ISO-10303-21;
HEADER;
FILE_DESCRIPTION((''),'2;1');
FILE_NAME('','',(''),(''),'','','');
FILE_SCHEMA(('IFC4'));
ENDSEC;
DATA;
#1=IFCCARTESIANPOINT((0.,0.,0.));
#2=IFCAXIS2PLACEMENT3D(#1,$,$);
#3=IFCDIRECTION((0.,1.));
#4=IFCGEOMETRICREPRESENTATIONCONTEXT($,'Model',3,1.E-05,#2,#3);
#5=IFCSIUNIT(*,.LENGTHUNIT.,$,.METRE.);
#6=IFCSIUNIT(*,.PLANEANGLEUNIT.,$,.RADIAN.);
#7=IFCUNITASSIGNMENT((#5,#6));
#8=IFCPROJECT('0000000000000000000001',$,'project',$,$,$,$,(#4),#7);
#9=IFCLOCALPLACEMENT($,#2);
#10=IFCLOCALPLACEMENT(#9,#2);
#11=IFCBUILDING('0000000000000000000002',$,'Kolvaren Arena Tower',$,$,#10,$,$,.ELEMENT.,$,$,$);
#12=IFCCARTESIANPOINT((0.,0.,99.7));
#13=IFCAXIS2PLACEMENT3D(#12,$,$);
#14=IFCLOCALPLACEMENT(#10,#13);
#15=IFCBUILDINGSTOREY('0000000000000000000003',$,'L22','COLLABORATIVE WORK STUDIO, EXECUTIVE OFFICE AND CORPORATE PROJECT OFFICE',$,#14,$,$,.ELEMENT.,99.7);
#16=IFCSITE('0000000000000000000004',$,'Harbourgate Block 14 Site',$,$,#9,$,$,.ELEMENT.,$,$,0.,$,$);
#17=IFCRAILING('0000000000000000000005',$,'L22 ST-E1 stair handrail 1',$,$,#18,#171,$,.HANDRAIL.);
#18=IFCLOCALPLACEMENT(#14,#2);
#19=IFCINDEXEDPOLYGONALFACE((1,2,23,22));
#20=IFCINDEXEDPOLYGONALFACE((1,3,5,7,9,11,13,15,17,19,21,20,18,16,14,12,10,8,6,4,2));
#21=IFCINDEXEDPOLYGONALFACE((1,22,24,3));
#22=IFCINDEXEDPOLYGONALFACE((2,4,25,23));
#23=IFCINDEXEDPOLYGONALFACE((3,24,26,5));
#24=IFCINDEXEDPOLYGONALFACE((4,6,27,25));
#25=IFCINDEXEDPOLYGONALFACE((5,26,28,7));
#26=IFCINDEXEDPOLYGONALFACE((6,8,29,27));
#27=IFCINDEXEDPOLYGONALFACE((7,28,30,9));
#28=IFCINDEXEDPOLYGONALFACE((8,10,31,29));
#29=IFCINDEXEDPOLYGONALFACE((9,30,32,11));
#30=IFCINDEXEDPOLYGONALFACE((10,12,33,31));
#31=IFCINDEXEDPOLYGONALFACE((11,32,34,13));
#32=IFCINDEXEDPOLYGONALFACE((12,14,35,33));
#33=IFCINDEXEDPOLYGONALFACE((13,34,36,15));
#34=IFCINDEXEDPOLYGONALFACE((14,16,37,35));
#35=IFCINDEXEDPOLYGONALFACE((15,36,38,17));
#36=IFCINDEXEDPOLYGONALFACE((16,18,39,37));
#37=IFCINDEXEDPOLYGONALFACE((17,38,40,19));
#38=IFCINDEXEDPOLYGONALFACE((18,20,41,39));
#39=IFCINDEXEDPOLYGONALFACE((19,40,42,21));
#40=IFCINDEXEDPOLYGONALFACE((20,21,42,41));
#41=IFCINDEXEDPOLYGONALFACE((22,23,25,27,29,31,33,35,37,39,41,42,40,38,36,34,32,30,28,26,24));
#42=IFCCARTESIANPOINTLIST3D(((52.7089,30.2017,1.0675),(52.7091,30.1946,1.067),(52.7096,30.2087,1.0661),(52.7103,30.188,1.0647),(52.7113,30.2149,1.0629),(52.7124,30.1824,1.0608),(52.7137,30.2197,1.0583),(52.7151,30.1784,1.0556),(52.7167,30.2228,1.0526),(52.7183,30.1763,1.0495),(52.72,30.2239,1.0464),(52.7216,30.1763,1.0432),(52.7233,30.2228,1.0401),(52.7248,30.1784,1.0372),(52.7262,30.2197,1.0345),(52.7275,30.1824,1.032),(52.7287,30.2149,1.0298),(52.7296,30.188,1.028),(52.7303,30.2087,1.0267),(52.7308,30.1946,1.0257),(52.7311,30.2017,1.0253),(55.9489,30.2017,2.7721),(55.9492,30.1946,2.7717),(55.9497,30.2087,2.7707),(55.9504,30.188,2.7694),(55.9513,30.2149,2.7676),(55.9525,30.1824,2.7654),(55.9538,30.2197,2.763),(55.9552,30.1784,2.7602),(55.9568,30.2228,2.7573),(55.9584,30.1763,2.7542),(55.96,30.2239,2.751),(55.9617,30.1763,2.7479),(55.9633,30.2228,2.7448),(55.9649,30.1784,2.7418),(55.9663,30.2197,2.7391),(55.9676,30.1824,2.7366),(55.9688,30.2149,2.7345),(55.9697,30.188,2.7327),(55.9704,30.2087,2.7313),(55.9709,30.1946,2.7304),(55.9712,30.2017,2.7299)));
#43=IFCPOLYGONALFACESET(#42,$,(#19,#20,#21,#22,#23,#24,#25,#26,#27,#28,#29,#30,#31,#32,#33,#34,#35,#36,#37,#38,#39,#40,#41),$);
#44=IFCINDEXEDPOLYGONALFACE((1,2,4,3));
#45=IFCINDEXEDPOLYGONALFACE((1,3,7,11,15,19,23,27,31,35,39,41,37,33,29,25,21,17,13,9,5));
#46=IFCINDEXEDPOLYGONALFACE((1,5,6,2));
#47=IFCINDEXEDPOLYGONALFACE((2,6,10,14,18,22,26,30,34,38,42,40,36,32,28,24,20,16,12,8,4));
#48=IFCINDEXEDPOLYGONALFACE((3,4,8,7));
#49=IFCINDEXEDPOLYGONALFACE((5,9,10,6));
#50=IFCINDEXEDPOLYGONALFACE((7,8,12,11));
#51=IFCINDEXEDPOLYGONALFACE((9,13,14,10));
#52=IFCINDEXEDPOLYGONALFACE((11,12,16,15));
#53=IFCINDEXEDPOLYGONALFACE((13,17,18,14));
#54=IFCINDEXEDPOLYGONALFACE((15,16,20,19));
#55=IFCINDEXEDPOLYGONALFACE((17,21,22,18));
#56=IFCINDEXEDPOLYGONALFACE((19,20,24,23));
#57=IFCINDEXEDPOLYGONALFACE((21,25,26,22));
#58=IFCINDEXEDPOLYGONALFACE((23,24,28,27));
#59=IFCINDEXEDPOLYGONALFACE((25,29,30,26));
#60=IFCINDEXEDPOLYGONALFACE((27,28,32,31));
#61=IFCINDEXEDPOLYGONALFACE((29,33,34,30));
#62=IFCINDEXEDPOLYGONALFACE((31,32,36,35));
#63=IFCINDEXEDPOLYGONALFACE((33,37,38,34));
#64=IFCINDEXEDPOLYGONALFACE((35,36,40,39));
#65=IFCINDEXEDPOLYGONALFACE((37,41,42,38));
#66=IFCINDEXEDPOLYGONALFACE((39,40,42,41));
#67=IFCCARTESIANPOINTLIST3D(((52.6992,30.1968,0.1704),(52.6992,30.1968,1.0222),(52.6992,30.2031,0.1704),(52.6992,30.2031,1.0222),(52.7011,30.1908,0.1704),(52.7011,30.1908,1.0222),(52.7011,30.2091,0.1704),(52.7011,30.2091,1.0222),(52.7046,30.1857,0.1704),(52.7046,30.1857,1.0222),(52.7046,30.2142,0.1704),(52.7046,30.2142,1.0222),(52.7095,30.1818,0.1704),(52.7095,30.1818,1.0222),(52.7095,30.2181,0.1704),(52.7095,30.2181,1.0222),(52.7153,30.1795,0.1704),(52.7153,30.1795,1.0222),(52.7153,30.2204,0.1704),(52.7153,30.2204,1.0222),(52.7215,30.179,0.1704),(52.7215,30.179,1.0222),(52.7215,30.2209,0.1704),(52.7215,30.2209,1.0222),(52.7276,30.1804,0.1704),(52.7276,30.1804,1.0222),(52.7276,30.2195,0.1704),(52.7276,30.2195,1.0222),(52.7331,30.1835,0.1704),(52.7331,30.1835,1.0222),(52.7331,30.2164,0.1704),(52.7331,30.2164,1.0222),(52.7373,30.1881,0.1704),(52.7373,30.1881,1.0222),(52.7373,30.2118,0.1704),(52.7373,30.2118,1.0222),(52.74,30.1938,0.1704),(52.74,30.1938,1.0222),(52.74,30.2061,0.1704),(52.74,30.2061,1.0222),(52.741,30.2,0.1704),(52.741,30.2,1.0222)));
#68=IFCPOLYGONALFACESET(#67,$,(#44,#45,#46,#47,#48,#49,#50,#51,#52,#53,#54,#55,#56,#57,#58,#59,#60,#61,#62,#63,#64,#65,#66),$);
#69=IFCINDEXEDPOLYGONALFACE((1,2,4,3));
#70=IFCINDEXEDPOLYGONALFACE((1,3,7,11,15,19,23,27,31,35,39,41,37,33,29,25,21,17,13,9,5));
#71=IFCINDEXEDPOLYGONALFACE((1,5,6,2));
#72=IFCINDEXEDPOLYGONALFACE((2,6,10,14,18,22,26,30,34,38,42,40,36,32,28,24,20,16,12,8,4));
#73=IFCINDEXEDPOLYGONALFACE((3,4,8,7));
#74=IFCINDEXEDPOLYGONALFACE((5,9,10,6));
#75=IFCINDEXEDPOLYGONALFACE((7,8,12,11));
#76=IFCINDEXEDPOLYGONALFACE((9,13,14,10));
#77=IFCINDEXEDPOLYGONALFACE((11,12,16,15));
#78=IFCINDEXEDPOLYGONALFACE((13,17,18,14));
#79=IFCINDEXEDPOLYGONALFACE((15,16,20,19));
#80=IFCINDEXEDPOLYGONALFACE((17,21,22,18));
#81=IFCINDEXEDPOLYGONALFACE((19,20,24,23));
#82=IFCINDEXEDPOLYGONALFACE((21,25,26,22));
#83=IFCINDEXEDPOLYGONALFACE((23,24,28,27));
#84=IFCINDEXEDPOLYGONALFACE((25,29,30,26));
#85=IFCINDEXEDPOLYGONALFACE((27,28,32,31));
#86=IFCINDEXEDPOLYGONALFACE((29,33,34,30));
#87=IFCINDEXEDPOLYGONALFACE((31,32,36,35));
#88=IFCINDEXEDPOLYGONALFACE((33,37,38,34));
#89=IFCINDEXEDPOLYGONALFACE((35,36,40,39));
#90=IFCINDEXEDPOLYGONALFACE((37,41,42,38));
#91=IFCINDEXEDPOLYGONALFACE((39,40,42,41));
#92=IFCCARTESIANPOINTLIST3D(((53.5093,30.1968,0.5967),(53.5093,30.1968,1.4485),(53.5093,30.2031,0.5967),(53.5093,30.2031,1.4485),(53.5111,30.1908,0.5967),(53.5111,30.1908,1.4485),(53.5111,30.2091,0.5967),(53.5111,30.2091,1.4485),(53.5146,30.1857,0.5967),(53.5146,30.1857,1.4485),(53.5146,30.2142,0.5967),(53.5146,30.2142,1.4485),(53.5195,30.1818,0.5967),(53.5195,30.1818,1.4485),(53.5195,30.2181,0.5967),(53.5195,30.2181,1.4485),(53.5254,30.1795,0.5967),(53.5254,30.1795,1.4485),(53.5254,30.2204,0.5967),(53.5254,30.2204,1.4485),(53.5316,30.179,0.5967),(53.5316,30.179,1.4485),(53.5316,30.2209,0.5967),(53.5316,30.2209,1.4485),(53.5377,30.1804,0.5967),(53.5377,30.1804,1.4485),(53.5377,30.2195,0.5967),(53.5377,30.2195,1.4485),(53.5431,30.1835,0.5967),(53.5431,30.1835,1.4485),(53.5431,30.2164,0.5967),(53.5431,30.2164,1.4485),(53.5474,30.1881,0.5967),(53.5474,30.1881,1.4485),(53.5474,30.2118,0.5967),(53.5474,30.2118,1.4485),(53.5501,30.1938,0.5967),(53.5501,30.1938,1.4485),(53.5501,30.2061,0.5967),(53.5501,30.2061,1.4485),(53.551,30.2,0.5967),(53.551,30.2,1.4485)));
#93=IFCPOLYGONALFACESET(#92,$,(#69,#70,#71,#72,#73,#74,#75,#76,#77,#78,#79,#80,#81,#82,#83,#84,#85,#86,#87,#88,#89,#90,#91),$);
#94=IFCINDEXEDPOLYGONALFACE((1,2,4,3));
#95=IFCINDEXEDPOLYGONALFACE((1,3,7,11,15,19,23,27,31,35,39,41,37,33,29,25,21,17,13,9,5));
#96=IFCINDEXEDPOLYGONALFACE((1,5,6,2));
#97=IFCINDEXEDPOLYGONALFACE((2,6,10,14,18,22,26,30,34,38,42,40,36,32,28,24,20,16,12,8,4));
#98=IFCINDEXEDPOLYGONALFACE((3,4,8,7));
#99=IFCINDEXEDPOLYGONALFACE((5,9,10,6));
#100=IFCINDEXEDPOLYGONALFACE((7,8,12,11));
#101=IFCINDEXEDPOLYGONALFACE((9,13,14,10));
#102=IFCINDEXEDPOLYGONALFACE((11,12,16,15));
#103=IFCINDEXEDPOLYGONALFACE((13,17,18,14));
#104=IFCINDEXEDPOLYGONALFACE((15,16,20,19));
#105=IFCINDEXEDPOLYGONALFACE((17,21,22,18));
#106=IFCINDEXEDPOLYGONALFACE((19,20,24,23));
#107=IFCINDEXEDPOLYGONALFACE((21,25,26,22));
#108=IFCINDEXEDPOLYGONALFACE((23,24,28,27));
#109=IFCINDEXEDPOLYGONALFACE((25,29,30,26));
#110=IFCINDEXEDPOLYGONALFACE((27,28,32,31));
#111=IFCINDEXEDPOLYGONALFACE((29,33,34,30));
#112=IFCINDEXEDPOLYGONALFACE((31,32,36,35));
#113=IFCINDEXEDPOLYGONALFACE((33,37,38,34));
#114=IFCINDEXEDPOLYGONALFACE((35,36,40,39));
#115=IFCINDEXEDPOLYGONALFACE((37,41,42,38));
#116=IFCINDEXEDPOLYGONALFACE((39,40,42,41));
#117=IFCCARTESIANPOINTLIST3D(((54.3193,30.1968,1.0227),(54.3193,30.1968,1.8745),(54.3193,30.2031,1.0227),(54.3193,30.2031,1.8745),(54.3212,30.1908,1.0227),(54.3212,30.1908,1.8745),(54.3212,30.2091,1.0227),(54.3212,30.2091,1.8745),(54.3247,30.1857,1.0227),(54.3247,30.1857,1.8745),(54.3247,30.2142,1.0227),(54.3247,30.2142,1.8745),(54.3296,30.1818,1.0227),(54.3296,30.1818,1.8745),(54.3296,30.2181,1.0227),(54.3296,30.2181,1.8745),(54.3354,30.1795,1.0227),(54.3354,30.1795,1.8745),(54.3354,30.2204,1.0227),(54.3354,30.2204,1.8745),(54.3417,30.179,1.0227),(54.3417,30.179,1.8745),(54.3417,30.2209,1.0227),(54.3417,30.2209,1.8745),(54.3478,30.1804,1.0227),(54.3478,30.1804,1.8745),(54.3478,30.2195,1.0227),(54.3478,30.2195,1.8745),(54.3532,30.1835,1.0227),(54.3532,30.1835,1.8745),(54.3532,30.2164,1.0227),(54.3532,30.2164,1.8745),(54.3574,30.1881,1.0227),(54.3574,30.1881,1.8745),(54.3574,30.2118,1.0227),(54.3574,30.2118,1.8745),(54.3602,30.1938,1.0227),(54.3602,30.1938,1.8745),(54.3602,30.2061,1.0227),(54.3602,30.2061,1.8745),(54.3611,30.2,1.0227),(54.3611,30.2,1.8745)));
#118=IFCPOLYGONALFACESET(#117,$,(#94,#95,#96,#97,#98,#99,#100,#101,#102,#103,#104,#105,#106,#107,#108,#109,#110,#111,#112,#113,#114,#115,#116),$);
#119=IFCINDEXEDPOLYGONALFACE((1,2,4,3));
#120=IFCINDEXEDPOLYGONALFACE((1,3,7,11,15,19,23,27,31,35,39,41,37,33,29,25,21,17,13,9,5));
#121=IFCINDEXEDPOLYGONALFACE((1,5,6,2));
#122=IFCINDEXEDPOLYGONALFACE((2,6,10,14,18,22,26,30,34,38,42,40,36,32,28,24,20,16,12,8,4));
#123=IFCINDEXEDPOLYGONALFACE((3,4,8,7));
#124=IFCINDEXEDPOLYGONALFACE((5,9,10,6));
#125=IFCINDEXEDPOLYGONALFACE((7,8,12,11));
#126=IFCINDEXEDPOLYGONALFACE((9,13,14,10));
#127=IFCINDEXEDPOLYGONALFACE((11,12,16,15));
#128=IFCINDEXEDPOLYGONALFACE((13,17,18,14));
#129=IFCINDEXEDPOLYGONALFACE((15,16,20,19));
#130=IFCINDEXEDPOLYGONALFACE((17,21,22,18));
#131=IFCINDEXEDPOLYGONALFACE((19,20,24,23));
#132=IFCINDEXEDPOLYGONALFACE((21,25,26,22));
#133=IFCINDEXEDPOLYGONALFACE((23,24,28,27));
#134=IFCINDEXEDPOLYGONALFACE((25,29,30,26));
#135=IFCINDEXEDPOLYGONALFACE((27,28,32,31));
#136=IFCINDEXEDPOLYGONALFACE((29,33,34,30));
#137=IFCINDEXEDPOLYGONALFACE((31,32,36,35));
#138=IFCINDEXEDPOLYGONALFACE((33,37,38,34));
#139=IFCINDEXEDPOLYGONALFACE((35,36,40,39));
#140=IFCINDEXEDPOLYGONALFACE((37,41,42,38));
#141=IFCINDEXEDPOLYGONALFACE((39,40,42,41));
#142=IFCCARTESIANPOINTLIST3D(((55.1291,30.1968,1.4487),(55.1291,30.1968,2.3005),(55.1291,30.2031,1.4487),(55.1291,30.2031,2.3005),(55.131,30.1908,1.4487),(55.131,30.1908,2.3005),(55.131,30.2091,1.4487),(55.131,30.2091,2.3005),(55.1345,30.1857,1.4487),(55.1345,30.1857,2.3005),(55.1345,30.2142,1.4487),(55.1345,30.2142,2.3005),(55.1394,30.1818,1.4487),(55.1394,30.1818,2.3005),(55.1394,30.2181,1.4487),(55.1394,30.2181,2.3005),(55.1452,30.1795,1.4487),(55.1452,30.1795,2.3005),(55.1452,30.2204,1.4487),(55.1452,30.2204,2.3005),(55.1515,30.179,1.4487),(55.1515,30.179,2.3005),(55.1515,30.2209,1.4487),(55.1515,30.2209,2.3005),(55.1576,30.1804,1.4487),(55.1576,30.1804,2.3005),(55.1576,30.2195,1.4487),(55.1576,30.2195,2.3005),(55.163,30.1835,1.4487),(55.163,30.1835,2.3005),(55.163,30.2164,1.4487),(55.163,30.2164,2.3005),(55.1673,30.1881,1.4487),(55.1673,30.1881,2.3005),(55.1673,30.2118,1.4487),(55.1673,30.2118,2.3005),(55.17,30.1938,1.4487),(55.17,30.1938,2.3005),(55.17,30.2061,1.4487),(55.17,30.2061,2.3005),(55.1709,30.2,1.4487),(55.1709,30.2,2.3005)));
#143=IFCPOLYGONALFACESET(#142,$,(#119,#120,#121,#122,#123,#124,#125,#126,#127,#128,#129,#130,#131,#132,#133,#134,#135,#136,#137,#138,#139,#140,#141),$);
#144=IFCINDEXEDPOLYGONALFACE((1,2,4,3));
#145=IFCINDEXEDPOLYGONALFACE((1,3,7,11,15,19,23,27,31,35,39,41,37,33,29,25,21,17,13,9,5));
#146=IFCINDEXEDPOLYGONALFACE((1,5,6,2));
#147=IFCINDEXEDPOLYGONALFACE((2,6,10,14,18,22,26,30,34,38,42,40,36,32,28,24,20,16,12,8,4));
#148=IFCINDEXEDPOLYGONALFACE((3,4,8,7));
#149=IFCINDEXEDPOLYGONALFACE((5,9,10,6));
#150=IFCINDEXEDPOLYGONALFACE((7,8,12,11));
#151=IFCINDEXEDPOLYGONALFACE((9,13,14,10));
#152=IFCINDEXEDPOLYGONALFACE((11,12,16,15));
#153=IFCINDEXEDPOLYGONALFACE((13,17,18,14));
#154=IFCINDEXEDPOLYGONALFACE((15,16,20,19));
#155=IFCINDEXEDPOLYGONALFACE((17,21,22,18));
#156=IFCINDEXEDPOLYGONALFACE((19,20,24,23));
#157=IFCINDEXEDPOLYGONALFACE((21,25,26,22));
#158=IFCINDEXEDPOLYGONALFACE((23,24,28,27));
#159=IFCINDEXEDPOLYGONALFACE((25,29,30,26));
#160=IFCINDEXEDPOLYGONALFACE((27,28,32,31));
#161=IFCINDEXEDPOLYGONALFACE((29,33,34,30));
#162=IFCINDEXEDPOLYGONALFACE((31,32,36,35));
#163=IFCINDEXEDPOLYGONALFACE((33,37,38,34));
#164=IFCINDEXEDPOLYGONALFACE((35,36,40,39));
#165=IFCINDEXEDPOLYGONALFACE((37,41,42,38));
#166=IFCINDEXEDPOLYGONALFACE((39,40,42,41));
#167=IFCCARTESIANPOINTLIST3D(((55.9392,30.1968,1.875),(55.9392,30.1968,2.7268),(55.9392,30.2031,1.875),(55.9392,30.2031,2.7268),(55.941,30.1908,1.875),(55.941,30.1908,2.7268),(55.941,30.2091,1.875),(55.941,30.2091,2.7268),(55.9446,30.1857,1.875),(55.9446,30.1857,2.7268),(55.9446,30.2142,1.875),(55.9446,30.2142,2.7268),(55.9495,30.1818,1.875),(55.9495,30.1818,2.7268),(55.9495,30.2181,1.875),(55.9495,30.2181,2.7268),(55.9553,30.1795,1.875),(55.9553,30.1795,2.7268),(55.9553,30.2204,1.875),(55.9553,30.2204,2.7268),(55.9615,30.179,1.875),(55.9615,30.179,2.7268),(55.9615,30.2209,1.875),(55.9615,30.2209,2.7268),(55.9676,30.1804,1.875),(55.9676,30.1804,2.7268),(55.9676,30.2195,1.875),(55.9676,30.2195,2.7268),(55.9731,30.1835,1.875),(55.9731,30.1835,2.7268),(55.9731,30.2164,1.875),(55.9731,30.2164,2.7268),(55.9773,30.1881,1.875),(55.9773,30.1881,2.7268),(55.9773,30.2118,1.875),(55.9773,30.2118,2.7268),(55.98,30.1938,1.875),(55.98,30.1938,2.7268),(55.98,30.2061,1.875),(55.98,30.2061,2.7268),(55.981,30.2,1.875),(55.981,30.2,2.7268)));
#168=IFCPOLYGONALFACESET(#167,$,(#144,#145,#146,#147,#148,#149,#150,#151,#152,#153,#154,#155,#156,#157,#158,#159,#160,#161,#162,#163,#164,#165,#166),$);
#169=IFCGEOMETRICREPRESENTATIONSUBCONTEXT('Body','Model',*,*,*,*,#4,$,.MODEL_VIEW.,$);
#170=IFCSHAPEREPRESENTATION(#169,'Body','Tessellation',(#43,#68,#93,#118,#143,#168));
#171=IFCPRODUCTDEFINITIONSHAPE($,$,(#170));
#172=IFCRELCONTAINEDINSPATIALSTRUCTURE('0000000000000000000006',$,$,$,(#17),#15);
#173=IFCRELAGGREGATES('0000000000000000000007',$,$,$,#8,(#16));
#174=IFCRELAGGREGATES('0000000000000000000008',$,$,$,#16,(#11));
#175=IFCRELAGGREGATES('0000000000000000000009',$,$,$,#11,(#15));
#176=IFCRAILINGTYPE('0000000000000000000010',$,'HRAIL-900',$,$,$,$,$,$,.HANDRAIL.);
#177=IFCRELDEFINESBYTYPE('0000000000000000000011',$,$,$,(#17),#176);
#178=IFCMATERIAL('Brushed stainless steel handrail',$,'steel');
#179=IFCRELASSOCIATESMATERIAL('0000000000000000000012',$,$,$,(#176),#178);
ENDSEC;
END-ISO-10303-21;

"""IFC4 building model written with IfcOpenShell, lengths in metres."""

from ifc_helpers import new_model, si_unit, direction, frame, origin, origin_2d, place, context, subcontext, project, spatial, circle, extrude, material, type_object, element, save


model = new_model("IFC4")

# Units and contexts
model_context = context("Model", 3, precision=1e-05, world=origin(), true_north=direction((0.0, 1.0)))
body_context = subcontext(model_context, "Body", "Model", "MODEL_VIEW")
ifc_project = project(units=[si_unit("LENGTHUNIT", "METRE"), si_unit("PLANEANGLEUNIT", "RADIAN")], contexts=[model_context])

# Site, building, storey
site_placement = place(None, origin())
site = spatial("IfcSite", under=ifc_project, at=site_placement, Name="Harbourgate Block 14 Site", CompositionType="ELEMENT", RefElevation=0.0)
building_placement = place(site_placement, origin())
building = spatial("IfcBuilding", under=site, at=building_placement, Name="Kolvaren Arena Tower", CompositionType="ELEMENT")
storey_placement = place(building_placement, frame((0.0, 0.0, 99.7)))
storey = spatial("IfcBuildingStorey", under=building, at=storey_placement, Name="L22", Description="COLLABORATIVE WORK STUDIO, EXECUTIVE OFFICE AND CORPORATE PROJECT OFFICE", CompositionType="ELEMENT", Elevation=99.7)

# Railing
ifc_material_1 = material(Name="Brushed stainless steel handrail", Category="steel")
railing_type_1 = type_object("IfcRailingType", Name="HRAIL-900", PredefinedType="HANDRAIL", material=ifc_material_1)
for number, where, name in (
    (1, (52.72, 30.2, 0.1704), "L22 ST-E1 stair handrail 1"),
):
    element("IfcRailing", number, at=place(storey_placement, frame(where)), inside=storey, type_object=railing_type_1, Name=name, PredefinedType="HANDRAIL", context=body_context, shape_type="SweptSolid", body=[
        extrude(circle(Radius=0.0239, at=origin_2d()), frame((0.0, 0.0, 0.876), z_axis=(0.884993, 0.0, 0.465604), x_axis=(0.0, 1.0, 0.0)), (0.0, 0.0, 1.0), 3.6611),
        extrude(circle(Radius=0.021, at=origin_2d()), origin(), (0.0, 0.0, 1.0), 0.8518),
        extrude(circle(Radius=0.021, at=origin_2d()), frame((0.8101, 0.0, 0.4263)), (0.0, 0.0, 1.0), 0.8518),
        extrude(circle(Radius=0.021, at=origin_2d()), frame((1.6201, 0.0, 0.8523)), (0.0, 0.0, 1.0), 0.8518),
        extrude(circle(Radius=0.021, at=origin_2d()), frame((2.4299, 0.0, 1.2783)), (0.0, 0.0, 1.0), 0.8518),
        extrude(circle(Radius=0.021, at=origin_2d()), frame((3.24, 0.0, 1.7046)), (0.0, 0.0, 1.0), 0.8518),
    ])

save(model, "model.ifc")
